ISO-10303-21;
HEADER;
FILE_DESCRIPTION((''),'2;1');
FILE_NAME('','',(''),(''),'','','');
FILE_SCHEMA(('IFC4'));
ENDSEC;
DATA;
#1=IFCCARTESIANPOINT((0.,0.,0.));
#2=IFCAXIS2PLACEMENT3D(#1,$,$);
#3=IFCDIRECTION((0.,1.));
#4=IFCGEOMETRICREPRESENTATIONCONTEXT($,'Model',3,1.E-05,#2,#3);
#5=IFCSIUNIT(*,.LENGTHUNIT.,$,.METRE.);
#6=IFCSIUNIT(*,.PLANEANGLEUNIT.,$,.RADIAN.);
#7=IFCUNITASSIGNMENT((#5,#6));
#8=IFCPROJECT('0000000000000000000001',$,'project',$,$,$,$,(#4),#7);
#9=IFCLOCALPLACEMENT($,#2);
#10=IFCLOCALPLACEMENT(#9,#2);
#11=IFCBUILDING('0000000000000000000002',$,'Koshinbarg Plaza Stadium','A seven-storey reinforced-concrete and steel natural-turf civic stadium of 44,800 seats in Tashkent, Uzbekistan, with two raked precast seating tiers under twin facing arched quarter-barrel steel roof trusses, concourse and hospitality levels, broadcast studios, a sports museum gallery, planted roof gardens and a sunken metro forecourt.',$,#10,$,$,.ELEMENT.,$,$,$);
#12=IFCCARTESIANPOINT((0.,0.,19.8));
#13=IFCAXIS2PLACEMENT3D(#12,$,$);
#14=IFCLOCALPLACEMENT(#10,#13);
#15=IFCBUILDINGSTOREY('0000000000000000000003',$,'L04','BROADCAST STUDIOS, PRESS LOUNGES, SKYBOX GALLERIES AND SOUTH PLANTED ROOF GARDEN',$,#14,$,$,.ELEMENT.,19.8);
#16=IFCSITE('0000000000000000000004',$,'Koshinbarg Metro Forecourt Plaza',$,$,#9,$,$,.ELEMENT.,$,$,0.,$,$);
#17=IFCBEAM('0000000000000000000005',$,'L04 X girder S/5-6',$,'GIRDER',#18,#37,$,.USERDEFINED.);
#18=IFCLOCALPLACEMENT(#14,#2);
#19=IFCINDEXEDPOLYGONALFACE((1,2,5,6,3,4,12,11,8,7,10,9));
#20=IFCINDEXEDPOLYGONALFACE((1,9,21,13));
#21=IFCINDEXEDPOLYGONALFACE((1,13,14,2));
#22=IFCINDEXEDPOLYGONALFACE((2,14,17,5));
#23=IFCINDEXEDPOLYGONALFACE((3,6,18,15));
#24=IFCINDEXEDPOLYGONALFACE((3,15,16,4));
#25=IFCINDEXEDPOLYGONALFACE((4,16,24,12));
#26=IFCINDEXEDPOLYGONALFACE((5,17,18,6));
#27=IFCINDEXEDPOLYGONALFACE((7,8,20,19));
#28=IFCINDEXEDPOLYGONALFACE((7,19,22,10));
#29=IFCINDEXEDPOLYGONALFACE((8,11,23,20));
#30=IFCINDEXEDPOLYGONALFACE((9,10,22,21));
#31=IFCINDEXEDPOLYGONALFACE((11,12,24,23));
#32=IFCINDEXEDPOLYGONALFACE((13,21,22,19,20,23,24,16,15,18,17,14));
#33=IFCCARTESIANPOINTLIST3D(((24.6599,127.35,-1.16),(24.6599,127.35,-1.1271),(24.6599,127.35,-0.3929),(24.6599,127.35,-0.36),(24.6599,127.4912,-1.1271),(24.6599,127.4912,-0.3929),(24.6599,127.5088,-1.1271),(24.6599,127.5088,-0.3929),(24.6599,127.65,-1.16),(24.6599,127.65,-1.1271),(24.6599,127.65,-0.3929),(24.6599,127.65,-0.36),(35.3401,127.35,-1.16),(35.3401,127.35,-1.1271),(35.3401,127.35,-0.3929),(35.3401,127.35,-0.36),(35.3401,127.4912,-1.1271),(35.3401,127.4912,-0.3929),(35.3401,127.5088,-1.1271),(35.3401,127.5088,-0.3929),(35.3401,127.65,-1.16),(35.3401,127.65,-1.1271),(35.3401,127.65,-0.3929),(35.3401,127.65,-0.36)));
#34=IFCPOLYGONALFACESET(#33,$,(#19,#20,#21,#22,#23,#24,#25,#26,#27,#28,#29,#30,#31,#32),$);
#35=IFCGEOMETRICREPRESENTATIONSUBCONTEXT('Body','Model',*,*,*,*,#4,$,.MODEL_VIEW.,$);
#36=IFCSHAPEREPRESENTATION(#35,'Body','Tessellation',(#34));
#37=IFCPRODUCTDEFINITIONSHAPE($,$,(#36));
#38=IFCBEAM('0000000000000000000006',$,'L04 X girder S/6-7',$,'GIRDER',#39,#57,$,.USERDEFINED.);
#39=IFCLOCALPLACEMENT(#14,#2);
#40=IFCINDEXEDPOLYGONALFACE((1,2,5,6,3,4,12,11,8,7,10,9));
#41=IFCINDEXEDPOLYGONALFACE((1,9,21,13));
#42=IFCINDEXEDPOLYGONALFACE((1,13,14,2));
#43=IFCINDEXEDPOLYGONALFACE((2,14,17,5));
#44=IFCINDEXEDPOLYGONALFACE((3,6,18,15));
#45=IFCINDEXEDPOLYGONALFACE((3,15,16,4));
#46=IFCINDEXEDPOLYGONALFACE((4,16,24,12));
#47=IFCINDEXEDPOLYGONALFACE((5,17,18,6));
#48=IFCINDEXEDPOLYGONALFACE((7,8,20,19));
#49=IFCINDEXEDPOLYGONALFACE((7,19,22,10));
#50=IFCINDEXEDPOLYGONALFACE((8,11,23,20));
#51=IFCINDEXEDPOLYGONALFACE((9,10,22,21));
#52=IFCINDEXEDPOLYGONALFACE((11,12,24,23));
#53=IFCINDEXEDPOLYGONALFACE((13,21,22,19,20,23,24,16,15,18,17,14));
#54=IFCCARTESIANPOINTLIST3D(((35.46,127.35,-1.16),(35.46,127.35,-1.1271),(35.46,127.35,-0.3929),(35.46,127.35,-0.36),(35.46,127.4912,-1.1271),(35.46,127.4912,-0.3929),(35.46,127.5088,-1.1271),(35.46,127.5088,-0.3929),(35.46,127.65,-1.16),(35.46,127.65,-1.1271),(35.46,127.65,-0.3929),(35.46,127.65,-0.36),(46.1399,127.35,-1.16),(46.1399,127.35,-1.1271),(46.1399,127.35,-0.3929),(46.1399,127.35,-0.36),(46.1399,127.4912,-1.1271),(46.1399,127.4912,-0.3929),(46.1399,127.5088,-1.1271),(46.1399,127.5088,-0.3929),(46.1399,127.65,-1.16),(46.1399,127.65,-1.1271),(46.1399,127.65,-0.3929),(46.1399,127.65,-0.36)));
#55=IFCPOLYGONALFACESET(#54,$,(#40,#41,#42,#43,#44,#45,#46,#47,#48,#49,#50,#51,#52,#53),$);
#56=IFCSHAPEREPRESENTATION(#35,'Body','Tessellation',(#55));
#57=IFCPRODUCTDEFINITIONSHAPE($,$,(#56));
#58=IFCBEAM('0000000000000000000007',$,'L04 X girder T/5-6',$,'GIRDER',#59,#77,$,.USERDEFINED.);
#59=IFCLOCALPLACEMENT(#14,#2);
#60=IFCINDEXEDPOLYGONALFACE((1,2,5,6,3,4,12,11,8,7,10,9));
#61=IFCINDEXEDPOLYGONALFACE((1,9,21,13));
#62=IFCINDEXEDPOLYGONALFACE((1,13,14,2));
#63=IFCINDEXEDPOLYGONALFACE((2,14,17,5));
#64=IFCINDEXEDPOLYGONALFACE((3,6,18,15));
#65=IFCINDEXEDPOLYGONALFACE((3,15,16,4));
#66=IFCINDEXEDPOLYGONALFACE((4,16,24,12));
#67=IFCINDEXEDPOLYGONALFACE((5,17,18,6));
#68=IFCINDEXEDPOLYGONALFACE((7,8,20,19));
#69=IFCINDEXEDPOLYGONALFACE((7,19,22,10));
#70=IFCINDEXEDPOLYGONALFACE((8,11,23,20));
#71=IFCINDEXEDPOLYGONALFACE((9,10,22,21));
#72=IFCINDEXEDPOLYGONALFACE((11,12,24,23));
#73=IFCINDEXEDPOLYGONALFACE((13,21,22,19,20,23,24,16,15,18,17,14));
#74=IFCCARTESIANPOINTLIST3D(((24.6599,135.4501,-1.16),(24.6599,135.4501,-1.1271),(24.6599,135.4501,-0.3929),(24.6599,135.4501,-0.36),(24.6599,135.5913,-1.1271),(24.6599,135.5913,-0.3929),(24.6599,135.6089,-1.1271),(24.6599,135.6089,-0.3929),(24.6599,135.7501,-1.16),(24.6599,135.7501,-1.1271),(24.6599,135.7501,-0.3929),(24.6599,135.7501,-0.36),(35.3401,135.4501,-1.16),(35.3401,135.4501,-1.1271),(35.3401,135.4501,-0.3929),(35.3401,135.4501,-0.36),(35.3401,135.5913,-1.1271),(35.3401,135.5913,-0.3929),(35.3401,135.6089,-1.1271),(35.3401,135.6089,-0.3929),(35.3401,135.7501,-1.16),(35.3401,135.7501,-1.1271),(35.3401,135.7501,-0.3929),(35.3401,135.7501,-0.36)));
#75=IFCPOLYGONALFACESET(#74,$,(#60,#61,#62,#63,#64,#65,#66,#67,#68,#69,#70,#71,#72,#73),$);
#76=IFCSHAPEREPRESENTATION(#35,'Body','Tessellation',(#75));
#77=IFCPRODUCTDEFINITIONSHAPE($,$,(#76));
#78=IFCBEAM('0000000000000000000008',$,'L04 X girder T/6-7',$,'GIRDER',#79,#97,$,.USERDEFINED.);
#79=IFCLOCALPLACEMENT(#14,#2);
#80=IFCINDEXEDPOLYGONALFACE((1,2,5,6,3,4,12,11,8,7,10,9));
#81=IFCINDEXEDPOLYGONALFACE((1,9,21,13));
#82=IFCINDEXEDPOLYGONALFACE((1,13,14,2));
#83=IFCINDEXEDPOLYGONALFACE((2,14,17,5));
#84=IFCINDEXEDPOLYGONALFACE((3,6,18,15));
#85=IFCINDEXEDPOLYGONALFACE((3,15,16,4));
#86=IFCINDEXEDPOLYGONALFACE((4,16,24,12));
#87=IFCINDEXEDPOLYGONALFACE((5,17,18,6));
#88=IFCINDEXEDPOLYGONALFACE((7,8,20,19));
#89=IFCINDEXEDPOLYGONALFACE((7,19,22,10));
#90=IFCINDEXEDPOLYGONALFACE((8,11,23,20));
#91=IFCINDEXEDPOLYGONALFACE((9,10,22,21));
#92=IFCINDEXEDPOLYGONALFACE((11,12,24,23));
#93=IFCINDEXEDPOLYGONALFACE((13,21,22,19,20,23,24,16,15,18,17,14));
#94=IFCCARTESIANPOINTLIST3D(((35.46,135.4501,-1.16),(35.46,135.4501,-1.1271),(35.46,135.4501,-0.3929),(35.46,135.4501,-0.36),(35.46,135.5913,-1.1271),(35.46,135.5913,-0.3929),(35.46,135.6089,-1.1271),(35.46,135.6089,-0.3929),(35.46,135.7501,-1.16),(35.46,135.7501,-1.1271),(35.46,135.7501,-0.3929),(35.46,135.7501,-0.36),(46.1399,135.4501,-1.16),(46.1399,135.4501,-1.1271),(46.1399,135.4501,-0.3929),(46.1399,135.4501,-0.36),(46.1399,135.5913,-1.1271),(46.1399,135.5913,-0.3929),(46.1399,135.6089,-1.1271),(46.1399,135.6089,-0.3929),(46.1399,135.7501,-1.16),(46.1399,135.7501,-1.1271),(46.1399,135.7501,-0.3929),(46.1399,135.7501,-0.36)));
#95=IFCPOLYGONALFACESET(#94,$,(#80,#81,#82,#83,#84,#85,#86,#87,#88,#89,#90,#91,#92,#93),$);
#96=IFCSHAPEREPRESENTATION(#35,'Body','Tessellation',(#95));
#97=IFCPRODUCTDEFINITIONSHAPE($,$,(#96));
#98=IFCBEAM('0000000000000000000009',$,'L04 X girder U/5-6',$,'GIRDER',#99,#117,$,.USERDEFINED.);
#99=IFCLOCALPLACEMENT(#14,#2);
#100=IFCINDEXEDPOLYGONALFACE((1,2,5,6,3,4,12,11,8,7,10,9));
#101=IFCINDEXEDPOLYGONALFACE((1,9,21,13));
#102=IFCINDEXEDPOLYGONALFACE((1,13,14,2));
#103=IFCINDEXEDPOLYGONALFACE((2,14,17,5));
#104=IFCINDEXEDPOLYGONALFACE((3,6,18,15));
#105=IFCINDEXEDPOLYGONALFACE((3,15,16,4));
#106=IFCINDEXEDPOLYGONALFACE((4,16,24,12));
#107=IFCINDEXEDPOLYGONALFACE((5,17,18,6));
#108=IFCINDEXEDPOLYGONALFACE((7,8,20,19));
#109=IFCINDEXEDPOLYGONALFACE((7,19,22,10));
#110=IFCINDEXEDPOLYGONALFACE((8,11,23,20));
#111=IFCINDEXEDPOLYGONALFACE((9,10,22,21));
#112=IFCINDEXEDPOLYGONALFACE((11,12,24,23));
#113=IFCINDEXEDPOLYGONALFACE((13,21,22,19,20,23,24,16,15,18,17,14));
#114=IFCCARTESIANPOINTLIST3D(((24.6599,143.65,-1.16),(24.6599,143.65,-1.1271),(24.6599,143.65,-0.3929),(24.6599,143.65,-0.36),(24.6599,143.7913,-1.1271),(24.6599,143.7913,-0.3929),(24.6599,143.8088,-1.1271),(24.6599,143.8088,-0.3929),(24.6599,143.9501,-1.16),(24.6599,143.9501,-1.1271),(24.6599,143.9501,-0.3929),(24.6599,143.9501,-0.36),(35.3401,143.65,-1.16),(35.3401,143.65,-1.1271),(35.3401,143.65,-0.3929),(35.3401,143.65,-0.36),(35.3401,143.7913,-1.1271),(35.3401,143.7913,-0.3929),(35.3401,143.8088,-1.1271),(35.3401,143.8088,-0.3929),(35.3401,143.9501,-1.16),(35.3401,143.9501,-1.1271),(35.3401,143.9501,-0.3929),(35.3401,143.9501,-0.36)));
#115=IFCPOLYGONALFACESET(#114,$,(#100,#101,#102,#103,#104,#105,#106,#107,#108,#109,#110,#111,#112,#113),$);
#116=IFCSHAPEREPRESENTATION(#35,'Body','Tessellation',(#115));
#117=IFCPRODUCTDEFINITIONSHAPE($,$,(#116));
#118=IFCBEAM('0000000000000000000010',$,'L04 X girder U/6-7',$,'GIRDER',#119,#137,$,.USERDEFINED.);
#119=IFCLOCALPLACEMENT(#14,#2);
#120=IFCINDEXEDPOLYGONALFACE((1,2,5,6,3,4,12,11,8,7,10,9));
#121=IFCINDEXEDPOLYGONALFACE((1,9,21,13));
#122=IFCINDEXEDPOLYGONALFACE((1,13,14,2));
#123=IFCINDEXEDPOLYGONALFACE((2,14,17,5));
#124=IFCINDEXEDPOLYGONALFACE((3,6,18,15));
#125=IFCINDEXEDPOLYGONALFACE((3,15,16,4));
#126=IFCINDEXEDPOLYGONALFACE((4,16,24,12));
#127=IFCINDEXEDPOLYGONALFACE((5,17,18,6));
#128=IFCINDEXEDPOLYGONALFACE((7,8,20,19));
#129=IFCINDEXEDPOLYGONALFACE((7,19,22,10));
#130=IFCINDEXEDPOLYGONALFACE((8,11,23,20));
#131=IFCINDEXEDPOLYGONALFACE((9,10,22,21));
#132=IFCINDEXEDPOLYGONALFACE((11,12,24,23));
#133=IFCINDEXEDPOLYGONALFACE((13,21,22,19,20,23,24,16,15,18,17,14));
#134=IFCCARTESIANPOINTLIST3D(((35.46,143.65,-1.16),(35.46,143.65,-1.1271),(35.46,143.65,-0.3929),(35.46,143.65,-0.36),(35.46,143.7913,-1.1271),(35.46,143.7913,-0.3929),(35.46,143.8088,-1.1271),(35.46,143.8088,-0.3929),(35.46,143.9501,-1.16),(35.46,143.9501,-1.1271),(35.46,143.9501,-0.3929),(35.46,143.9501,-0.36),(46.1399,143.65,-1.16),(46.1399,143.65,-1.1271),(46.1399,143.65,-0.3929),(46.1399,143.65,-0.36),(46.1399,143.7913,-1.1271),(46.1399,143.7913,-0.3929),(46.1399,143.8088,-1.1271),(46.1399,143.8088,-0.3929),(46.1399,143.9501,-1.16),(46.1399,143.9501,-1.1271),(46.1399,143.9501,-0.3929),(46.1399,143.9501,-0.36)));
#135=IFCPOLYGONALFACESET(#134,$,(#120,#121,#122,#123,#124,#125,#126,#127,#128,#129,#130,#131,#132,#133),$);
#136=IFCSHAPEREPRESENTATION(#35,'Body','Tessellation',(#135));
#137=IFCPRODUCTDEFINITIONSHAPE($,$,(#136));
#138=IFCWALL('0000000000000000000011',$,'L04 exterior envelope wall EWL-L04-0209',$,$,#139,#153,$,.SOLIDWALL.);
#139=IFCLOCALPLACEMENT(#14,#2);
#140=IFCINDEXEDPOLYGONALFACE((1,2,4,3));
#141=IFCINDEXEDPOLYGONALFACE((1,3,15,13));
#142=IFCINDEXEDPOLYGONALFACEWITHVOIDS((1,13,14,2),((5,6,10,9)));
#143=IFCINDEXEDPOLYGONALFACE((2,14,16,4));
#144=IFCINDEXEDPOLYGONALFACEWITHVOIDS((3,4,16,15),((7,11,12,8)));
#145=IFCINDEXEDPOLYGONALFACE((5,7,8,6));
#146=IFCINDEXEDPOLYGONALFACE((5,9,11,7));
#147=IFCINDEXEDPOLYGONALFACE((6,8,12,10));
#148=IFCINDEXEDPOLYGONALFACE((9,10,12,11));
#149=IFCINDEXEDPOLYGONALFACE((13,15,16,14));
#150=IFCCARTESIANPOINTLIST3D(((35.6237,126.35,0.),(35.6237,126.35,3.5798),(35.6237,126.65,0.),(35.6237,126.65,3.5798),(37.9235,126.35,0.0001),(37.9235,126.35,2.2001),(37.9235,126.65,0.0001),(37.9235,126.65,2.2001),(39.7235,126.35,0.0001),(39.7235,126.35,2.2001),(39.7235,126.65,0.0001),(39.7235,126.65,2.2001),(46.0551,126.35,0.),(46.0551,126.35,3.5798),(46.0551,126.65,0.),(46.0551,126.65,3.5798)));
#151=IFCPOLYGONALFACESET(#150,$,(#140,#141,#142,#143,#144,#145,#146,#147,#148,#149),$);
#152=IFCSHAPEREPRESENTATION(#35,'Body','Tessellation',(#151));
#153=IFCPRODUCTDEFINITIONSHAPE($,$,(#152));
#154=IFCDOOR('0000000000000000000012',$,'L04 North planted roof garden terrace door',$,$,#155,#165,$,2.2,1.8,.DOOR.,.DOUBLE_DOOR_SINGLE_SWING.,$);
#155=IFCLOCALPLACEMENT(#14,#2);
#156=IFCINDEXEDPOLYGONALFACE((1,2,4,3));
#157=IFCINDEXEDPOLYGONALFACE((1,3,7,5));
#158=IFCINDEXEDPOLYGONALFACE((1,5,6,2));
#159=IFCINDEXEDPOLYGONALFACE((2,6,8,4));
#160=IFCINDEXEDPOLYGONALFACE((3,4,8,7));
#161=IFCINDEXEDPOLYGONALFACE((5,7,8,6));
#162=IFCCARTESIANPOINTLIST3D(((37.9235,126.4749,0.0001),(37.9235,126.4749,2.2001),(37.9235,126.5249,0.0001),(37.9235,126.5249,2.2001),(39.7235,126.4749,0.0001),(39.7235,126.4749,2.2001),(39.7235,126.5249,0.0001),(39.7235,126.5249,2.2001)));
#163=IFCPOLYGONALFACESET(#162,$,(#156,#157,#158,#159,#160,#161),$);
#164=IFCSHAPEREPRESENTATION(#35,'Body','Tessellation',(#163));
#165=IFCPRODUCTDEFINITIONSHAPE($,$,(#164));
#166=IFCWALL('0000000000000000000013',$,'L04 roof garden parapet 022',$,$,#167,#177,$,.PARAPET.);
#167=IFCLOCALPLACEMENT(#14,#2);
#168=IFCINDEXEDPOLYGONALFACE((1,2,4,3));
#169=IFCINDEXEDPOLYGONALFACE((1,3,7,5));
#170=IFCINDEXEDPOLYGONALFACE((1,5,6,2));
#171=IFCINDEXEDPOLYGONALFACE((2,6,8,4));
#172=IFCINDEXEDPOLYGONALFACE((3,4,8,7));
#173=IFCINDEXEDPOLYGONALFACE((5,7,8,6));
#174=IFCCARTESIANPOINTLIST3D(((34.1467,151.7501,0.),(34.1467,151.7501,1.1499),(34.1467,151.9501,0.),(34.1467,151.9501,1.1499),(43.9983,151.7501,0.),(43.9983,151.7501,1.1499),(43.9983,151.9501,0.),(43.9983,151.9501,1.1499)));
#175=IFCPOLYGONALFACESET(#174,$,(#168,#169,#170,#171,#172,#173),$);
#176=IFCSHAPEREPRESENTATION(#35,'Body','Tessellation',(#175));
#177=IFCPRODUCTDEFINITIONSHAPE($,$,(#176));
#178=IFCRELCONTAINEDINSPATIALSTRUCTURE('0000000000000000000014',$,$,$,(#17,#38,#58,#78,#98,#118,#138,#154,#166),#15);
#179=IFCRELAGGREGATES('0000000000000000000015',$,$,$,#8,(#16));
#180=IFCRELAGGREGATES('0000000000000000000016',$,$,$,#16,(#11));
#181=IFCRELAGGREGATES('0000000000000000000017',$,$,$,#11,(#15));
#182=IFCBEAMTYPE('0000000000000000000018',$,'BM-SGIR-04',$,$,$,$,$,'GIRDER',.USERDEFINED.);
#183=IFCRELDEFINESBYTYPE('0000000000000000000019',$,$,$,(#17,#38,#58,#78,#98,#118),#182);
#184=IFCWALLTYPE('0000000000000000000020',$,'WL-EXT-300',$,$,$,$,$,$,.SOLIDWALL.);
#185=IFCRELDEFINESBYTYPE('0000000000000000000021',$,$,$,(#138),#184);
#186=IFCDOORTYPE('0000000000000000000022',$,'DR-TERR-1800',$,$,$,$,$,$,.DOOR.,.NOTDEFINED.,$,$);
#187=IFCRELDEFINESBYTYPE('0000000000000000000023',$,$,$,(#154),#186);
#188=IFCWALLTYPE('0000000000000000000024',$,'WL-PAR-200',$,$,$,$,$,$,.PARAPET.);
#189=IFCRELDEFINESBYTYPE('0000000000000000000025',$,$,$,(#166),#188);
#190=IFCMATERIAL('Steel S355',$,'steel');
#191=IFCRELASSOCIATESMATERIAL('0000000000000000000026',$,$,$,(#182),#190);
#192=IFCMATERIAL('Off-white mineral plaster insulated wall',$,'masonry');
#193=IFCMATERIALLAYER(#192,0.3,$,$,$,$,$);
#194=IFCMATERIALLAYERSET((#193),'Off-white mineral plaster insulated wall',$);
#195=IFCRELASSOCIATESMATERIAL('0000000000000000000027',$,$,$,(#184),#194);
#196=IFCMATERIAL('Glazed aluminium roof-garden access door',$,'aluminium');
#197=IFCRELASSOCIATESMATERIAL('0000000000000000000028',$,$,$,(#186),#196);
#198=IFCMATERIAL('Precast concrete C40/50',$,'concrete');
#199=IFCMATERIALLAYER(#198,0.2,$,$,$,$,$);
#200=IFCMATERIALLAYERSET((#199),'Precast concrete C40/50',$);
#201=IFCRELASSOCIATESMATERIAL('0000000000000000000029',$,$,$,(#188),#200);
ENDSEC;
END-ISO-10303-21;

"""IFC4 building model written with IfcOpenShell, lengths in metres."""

from ifc_helpers import new_model, si_unit, direction, frame, frame_2d, origin, origin_2d, place, context, subcontext, project, spatial, rectangle, i_section, extrude, material, layer, layer_set, material_profile, profile_set, type_object, element, fill, save


model = new_model("IFC4")

# Units and contexts
model_context = context("Model", 3, precision=1e-05, world=origin(), true_north=direction((0.0, 1.0)))
body_context = subcontext(model_context, "Body", "Model", "MODEL_VIEW")
ifc_project = project(units=[si_unit("LENGTHUNIT", "METRE"), si_unit("PLANEANGLEUNIT", "RADIAN")], contexts=[model_context])

# Site, building, storey
site_placement = place(None, origin())
site = spatial("IfcSite", under=ifc_project, at=site_placement, Name="Koshinbarg Metro Forecourt Plaza", CompositionType="ELEMENT", RefElevation=0.0)
building_placement = place(site_placement, origin())
building = spatial("IfcBuilding", under=site, at=building_placement, Name="Koshinbarg Plaza Stadium", Description="A seven-storey reinforced-concrete and steel natural-turf civic stadium of 44,800 seats in Tashkent, Uzbekistan, with two raked precast seating tiers under twin facing arched quarter-barrel steel roof trusses, concourse and hospitality levels, broadcast studios, a sports museum gallery, planted roof gardens and a sunken metro forecourt.", CompositionType="ELEMENT")
storey_placement = place(building_placement, frame((0.0, 0.0, 19.8)))
storey = spatial("IfcBuildingStorey", under=building, at=storey_placement, Name="L04", Description="BROADCAST STUDIOS, PRESS LOUNGES, SKYBOX GALLERIES AND SOUTH PLANTED ROOF GARDEN", CompositionType="ELEMENT", Elevation=19.8)

# Shared definitions
ifc_material_1 = material(Name="Steel S355", Category="steel")

# Beams
ifc_material_profile_1 = material_profile(ifc_material_1, i_section(OverallWidth=0.3, OverallDepth=0.8, WebThickness=0.0176, FlangeThickness=0.033, at=origin_2d()), Name="HEB 800")
ifc_profile_set_1 = profile_set([ifc_material_profile_1], Name="Steel S355")
beam_type_1 = type_object("IfcBeamType", Name="BM-SGIR-04", ElementType="GIRDER", PredefinedType="USERDEFINED", material=ifc_profile_set_1)
beam_1_placement = place(storey_placement, frame((24.6599, 127.5, -0.76), z_axis=(1.0, 0.0, 0.0), x_axis=(0.0, 1.0, 0.0)))
element("IfcBeam", 1, at=beam_1_placement, inside=storey, type_object=beam_type_1, Name="L04 X girder S/5-6", ObjectType="GIRDER", PredefinedType="USERDEFINED", context=body_context, shape_type="SweptSolid", body=[
    extrude(i_section(OverallWidth=0.3, OverallDepth=0.8, WebThickness=0.0176, FlangeThickness=0.033, at=origin_2d()), origin(), (0.0, 0.0, 1.0), 10.6802),
])
beam_2_placement = place(storey_placement, frame((35.46, 127.5, -0.76), z_axis=(1.0, 0.0, 0.0), x_axis=(0.0, 1.0, 0.0)))
element("IfcBeam", 2, at=beam_2_placement, inside=storey, type_object=beam_type_1, Name="L04 X girder S/6-7", ObjectType="GIRDER", PredefinedType="USERDEFINED", context=body_context, shape_type="SweptSolid", body=[
    extrude(i_section(OverallWidth=0.3, OverallDepth=0.8, WebThickness=0.0176, FlangeThickness=0.033, at=origin_2d()), origin(), (0.0, 0.0, 1.0), 10.6799),
])
beam_3_placement = place(storey_placement, frame((24.6599, 135.6001, -0.76), z_axis=(1.0, 0.0, 0.0), x_axis=(0.0, 1.0, 0.0)))
element("IfcBeam", 3, at=beam_3_placement, inside=storey, type_object=beam_type_1, Name="L04 X girder T/5-6", ObjectType="GIRDER", PredefinedType="USERDEFINED", context=body_context, shape_type="SweptSolid", body=[
    extrude(i_section(OverallWidth=0.3, OverallDepth=0.8, WebThickness=0.0176, FlangeThickness=0.033, at=origin_2d()), origin(), (0.0, 0.0, 1.0), 10.6802),
])
beam_4_placement = place(storey_placement, frame((35.46, 135.6001, -0.76), z_axis=(1.0, 0.0, 0.0), x_axis=(0.0, 1.0, 0.0)))
element("IfcBeam", 4, at=beam_4_placement, inside=storey, type_object=beam_type_1, Name="L04 X girder T/6-7", ObjectType="GIRDER", PredefinedType="USERDEFINED", context=body_context, shape_type="SweptSolid", body=[
    extrude(i_section(OverallWidth=0.3, OverallDepth=0.8, WebThickness=0.0176, FlangeThickness=0.033, at=origin_2d()), origin(), (0.0, 0.0, 1.0), 10.6799),
])
beam_5_placement = place(storey_placement, frame((24.6599, 143.8, -0.76), z_axis=(1.0, 0.0, 0.0), x_axis=(0.0, 1.0, 0.0)))
element("IfcBeam", 5, at=beam_5_placement, inside=storey, type_object=beam_type_1, Name="L04 X girder U/5-6", ObjectType="GIRDER", PredefinedType="USERDEFINED", context=body_context, shape_type="SweptSolid", body=[
    extrude(i_section(OverallWidth=0.3, OverallDepth=0.8, WebThickness=0.0176, FlangeThickness=0.033, at=origin_2d()), origin(), (0.0, 0.0, 1.0), 10.6802),
])
beam_6_placement = place(storey_placement, frame((35.46, 143.8, -0.76), z_axis=(1.0, 0.0, 0.0), x_axis=(0.0, 1.0, 0.0)))
element("IfcBeam", 6, at=beam_6_placement, inside=storey, type_object=beam_type_1, Name="L04 X girder U/6-7", ObjectType="GIRDER", PredefinedType="USERDEFINED", context=body_context, shape_type="SweptSolid", body=[
    extrude(i_section(OverallWidth=0.3, OverallDepth=0.8, WebThickness=0.0176, FlangeThickness=0.033, at=origin_2d()), origin(), (0.0, 0.0, 1.0), 10.6799),
])

# Wall, opening, door
ifc_material_2 = material(Name="Off-white mineral plaster insulated wall", Category="masonry")
ifc_layer_1 = layer(ifc_material_2, 0.3)
ifc_layer_set_1 = layer_set([ifc_layer_1], Name="Off-white mineral plaster insulated wall")
wall_type_1 = type_object("IfcWallType", Name="WL-EXT-300", PredefinedType="SOLIDWALL", material=ifc_layer_set_1)
wall_1_placement = place(storey_placement, frame((35.6235, 126.5, 0.0), z_axis=(0.0, 0.0, 1.0), x_axis=(1.0, 0.0, 0.0)))
wall_1 = element("IfcWall", 7, at=wall_1_placement, inside=storey, type_object=wall_type_1, Name="L04 exterior envelope wall EWL-L04-0209", PredefinedType="SOLIDWALL", context=body_context, shape_type="SweptSolid", body=[
    extrude(rectangle(XDim=10.4314, YDim=0.3, at=frame_2d((5.2158, 0.0))), origin(), (0.0, 0.0, 1.0), 3.5798),
])
opening_placement = place(wall_1_placement, frame((2.3, 0.0, 0.0)))
opening = element("IfcOpeningElement", 8, at=opening_placement, cuts=wall_1, PredefinedType="OPENING", context=body_context, shape_type="SweptSolid", body=[
    extrude(rectangle(XDim=1.8, YDim=2.2, at=frame_2d((0.8999, 1.1001))), frame((0.0, 0.1599, 0.0), z_axis=(0.0, -1.0, 0.0), x_axis=(1.0, 0.0, 0.0)), (0.0, 0.0, 1.0), 0.3201),
])
ifc_material_3 = material(Name="Glazed aluminium roof-garden access door", Category="aluminium")
door_type = type_object("IfcDoorType", Name="DR-TERR-1800", OperationType="NOTDEFINED", PredefinedType="DOOR", material=ifc_material_3)
door_placement = place(opening_placement, origin())
door = element("IfcDoor", 9, at=door_placement, inside=storey, type_object=door_type, Name="L04 North planted roof garden terrace door", OperationType="DOUBLE_DOOR_SINGLE_SWING", OverallHeight=2.2, OverallWidth=1.8, PredefinedType="DOOR", context=body_context, shape_type="SweptSolid", body=[
    extrude(rectangle(XDim=1.8, YDim=2.2, at=frame_2d((0.8999, 1.1001))), frame((0.0, 0.0249, 0.0), z_axis=(0.0, -1.0, 0.0), x_axis=(1.0, 0.0, 0.0)), (0.0, 0.0, 1.0), 0.05),
])
fill(opening, door)

# Wall
ifc_material_4 = material(Name="Precast concrete C40/50", Category="concrete")
ifc_layer_2 = layer(ifc_material_4, 0.2)
ifc_layer_set_2 = layer_set([ifc_layer_2], Name="Precast concrete C40/50")
wall_type_2 = type_object("IfcWallType", Name="WL-PAR-200", PredefinedType="PARAPET", material=ifc_layer_set_2)
wall_2_placement = place(storey_placement, frame((43.9983, 151.8501, 0.0), z_axis=(0.0, 0.0, 1.0), x_axis=(-1.0, 0.0, 0.0)))
element("IfcWall", 10, at=wall_2_placement, inside=storey, type_object=wall_type_2, Name="L04 roof garden parapet 022", PredefinedType="PARAPET", context=body_context, shape_type="SweptSolid", body=[
    extrude(rectangle(XDim=9.8516, YDim=0.2, at=frame_2d((4.9258, 0.0))), origin(), (0.0, 0.0, 1.0), 1.1499),
])

save(model, "model.ifc")
